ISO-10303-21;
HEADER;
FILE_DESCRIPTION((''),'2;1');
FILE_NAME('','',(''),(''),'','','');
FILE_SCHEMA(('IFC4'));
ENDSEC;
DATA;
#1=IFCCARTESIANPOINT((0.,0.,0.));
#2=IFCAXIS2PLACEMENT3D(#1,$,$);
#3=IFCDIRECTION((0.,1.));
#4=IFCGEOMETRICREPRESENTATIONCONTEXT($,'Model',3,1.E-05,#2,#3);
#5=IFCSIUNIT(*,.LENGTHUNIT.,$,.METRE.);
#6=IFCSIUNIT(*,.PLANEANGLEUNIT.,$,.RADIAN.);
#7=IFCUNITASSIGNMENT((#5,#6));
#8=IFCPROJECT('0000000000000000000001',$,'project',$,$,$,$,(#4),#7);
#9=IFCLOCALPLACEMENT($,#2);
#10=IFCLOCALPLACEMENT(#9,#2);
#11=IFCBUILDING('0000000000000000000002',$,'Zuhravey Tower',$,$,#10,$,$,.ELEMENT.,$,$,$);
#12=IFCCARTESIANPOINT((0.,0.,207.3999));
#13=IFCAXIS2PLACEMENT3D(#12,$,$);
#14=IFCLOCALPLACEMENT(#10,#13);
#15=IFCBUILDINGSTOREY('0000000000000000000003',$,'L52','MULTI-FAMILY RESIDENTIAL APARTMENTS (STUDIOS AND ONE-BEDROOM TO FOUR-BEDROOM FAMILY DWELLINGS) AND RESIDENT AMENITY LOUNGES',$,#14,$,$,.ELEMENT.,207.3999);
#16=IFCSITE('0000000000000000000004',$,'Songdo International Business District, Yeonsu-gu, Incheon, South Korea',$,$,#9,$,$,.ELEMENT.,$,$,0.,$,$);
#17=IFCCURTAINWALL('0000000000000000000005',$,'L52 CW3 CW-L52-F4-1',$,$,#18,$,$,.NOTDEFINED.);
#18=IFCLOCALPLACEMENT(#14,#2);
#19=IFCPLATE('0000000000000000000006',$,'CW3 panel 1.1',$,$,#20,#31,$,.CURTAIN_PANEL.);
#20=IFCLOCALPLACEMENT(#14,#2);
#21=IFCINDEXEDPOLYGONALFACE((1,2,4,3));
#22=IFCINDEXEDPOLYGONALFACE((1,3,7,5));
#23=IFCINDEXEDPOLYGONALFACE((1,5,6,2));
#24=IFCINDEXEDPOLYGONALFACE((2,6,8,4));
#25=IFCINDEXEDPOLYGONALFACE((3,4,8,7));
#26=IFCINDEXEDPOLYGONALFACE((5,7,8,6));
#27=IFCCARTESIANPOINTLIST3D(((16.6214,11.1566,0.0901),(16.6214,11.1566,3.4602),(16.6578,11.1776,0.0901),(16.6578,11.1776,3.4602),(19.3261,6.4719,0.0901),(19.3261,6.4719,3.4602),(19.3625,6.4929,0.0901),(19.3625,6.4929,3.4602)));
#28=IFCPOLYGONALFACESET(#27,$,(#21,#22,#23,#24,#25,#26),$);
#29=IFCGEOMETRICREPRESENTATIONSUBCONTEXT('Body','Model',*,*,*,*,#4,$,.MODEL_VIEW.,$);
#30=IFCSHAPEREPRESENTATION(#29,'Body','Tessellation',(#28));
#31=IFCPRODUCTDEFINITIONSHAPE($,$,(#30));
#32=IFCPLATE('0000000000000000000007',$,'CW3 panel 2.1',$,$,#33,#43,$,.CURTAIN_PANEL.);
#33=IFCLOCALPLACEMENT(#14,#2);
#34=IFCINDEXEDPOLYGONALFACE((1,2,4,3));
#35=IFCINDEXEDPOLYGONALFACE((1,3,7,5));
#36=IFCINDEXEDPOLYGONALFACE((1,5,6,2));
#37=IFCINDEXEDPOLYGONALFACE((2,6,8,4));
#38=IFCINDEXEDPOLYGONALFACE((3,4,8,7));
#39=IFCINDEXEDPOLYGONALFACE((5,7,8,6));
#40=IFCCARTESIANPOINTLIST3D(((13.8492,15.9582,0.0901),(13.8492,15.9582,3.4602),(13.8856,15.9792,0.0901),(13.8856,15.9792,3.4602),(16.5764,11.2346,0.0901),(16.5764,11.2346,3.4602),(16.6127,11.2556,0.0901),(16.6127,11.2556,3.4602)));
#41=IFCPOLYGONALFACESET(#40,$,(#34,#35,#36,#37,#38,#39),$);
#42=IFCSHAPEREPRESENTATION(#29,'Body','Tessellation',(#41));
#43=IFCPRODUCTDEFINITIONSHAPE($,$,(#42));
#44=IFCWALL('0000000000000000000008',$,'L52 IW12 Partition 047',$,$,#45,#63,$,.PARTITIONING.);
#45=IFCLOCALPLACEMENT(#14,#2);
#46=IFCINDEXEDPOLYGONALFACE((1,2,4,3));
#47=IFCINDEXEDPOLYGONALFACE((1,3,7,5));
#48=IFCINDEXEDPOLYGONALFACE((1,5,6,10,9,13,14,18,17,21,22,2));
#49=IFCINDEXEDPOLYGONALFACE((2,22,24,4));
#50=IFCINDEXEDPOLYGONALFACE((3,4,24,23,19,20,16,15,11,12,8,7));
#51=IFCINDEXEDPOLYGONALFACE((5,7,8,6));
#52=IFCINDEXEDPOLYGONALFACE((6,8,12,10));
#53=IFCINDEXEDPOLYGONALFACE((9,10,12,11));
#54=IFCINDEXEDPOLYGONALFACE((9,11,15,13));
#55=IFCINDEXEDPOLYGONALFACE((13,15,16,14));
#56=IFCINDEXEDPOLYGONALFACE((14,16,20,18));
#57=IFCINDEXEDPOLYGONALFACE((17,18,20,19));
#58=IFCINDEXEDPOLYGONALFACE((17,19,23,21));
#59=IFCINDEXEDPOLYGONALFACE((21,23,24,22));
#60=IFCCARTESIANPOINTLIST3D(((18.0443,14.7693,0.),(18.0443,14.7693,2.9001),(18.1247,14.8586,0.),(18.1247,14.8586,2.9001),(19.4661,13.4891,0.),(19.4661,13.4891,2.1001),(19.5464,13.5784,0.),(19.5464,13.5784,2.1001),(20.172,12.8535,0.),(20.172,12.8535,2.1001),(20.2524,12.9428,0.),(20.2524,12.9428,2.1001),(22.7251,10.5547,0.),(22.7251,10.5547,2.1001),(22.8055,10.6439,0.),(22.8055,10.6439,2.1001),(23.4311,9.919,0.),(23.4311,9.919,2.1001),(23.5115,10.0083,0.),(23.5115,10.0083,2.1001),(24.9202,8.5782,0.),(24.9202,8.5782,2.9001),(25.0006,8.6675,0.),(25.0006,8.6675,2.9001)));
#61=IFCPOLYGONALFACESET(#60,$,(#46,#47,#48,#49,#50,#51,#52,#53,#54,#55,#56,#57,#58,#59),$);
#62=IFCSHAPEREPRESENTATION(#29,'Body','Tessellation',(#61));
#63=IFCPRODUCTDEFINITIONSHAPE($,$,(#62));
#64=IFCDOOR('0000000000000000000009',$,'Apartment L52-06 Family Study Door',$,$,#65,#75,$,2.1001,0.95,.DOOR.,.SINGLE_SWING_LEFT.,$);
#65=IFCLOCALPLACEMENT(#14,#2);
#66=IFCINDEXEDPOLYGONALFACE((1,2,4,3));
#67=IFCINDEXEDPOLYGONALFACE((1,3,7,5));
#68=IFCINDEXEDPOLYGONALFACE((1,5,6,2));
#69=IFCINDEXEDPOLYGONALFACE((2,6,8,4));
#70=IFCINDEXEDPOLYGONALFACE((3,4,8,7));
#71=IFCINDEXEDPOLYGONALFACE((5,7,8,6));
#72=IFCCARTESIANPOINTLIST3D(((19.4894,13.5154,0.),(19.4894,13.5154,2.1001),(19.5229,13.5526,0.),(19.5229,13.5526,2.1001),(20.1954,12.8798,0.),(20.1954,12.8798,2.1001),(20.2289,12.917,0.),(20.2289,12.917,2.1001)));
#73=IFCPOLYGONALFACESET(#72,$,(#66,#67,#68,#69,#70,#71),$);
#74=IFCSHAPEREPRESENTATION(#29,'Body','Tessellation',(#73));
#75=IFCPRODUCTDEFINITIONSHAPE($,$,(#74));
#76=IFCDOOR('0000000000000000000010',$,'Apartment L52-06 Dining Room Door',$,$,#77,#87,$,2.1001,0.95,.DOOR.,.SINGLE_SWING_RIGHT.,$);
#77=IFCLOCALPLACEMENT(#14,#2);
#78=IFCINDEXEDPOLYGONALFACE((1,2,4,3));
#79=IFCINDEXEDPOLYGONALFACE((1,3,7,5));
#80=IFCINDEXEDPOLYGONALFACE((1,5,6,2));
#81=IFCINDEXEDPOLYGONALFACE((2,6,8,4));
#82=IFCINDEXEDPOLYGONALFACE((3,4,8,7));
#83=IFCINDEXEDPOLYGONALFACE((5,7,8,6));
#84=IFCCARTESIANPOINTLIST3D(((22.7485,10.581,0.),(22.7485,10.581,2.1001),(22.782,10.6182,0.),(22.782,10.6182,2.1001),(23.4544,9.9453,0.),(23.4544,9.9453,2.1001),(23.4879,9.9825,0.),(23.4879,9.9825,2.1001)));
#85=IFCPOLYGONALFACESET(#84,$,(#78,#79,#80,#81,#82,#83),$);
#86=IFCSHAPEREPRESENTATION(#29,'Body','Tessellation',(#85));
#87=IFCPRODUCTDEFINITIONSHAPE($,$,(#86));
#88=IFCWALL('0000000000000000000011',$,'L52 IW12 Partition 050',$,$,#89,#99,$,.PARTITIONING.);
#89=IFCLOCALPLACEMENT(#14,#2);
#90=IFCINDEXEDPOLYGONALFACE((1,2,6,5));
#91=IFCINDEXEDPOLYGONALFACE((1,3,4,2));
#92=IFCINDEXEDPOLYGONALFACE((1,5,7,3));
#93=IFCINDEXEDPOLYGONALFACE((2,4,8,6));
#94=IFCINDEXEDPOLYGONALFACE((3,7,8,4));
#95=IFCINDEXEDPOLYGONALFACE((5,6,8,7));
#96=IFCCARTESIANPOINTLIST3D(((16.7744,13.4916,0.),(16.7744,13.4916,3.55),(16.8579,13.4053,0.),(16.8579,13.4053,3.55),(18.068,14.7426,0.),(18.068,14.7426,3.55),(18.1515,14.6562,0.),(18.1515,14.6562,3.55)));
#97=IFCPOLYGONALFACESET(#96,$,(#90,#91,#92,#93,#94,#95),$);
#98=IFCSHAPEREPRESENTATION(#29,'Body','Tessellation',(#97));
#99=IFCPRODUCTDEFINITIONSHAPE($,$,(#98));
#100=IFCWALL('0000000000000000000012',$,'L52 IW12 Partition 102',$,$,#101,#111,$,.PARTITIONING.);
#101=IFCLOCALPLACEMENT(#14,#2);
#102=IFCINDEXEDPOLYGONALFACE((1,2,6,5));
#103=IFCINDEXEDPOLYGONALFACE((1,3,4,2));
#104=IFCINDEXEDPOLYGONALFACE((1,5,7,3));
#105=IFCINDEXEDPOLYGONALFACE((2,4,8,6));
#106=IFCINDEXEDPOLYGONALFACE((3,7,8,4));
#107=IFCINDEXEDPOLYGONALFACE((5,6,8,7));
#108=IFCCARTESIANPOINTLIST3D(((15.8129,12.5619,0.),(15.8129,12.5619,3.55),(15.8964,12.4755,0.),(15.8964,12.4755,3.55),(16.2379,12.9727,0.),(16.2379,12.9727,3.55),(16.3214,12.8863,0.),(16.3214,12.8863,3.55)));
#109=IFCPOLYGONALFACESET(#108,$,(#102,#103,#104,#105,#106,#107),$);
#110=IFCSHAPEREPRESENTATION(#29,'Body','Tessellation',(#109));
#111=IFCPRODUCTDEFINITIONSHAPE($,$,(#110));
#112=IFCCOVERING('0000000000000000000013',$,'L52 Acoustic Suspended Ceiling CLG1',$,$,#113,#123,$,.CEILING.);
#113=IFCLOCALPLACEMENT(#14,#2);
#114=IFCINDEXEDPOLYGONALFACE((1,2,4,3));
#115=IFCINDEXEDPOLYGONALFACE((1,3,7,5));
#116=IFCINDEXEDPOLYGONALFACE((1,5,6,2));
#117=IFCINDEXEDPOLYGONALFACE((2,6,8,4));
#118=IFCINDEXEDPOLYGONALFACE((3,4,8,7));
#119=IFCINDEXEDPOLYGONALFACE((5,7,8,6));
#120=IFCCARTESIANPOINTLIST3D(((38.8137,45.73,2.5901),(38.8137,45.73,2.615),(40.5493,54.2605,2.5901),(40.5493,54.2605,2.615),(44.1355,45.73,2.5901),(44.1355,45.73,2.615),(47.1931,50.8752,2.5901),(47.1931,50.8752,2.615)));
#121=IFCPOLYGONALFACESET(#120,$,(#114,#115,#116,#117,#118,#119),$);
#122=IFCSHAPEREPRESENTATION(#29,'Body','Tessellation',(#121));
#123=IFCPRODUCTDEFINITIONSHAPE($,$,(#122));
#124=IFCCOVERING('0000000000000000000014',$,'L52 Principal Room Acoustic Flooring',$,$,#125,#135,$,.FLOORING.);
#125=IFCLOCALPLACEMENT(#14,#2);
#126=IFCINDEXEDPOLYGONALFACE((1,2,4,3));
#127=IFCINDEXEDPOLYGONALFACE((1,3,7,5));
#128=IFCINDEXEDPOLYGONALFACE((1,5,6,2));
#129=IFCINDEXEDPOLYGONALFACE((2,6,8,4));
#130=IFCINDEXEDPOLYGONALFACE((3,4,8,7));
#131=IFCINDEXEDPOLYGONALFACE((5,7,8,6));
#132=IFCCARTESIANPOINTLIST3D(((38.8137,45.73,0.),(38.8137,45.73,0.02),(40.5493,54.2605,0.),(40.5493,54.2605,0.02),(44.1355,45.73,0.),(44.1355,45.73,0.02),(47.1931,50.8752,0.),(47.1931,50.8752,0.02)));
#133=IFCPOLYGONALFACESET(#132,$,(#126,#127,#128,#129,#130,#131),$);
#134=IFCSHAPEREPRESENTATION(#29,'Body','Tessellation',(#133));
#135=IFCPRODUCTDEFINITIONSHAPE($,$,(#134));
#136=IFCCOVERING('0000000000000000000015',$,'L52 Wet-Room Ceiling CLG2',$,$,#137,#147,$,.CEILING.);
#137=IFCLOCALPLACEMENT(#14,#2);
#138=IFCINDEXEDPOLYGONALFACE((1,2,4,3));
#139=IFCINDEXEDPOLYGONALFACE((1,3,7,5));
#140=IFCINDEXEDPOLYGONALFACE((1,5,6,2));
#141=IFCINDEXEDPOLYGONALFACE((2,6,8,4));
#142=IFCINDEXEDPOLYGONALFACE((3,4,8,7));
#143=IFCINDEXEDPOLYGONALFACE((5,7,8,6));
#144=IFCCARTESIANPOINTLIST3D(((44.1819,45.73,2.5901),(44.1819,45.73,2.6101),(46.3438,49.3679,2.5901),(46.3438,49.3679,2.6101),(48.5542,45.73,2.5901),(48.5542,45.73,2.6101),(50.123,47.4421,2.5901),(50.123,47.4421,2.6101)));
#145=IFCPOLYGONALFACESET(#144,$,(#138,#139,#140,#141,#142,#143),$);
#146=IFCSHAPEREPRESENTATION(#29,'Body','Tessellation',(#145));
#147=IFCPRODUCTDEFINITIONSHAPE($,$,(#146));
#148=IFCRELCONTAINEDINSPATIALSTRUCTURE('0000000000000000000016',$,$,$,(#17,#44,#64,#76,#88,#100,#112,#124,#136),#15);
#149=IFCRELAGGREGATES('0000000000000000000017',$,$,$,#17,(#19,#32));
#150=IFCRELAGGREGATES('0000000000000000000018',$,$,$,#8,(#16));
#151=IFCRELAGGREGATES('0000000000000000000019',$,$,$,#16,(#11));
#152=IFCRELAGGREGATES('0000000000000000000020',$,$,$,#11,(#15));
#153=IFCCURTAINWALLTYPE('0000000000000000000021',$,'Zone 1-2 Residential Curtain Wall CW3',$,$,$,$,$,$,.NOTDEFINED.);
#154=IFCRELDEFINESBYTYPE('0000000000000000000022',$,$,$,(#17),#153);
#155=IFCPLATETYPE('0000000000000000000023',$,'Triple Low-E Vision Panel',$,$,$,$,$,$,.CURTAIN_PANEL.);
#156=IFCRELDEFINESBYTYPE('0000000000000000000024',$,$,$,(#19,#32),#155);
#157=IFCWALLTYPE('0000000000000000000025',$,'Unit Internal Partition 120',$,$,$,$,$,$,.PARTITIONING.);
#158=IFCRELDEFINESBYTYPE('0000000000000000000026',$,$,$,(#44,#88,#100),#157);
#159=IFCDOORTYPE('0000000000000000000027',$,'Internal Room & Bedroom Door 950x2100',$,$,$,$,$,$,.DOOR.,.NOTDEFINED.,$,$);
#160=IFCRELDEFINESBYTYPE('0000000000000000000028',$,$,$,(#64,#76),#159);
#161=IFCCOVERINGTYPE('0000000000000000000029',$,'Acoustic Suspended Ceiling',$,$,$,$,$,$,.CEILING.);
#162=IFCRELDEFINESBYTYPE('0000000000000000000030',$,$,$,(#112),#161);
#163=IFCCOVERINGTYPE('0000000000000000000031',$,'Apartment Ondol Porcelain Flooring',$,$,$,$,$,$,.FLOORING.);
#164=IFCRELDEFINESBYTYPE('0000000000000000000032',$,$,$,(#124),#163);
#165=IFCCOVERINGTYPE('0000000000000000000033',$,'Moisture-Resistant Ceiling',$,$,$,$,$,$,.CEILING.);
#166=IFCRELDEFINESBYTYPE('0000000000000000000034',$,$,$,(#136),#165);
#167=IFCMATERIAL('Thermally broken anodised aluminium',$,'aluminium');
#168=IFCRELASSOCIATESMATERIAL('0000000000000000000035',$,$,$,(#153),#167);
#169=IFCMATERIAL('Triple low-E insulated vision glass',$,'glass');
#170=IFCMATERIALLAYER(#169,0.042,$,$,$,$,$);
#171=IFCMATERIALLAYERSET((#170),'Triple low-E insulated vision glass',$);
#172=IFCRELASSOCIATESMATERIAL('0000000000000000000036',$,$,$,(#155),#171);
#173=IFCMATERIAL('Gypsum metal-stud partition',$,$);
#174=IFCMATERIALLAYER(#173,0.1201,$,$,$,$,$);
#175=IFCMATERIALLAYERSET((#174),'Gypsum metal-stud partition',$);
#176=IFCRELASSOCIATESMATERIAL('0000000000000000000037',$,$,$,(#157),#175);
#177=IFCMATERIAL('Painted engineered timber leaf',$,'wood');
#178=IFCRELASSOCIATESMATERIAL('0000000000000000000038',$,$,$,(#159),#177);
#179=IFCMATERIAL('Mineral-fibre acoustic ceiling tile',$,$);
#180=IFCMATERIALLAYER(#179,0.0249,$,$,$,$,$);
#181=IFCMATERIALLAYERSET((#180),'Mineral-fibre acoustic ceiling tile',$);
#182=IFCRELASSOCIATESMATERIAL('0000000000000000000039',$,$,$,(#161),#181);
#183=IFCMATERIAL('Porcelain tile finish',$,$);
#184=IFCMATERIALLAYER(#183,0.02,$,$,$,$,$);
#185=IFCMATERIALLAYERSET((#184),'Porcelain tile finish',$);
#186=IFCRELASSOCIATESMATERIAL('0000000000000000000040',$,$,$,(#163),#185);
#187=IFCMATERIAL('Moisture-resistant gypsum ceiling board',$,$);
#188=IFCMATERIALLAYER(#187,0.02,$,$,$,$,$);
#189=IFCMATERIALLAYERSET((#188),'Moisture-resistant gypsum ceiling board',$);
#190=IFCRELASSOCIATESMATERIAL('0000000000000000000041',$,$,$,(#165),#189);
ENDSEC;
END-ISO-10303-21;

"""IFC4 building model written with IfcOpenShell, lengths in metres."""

from ifc_helpers import new_model, si_unit, direction, frame, frame_2d, origin, origin_2d, place, context, subcontext, project, spatial, polyline, rectangle, outline, extrude, material, layer, layer_set, type_object, element, fill, aggregate, save


model = new_model("IFC4")

# Units and contexts
model_context = context("Model", 3, precision=1e-05, world=origin(), true_north=direction((0.0, 1.0)))
body_context = subcontext(model_context, "Body", "Model", "MODEL_VIEW")
ifc_project = project(units=[si_unit("LENGTHUNIT", "METRE"), si_unit("PLANEANGLEUNIT", "RADIAN")], contexts=[model_context])

# Site, building, storey
site_placement = place(None, origin())
site = spatial("IfcSite", under=ifc_project, at=site_placement, Name="Songdo International Business District, Yeonsu-gu, Incheon, South Korea", CompositionType="ELEMENT", RefElevation=0.0)
building_placement = place(site_placement, origin())
building = spatial("IfcBuilding", under=site, at=building_placement, Name="Zuhravey Tower", CompositionType="ELEMENT")
storey_placement = place(building_placement, frame((0.0, 0.0, 207.3999)))
storey = spatial("IfcBuildingStorey", under=building, at=storey_placement, Name="L52", Description="MULTI-FAMILY RESIDENTIAL APARTMENTS (STUDIOS AND ONE-BEDROOM TO FOUR-BEDROOM FAMILY DWELLINGS) AND RESIDENT AMENITY LOUNGES", CompositionType="ELEMENT", Elevation=207.3999)

# Curtain wall
ifc_material_1 = material(Name="Thermally broken anodised aluminium", Category="aluminium")
curtain_wall_type = type_object("IfcCurtainWallType", Name="Zone 1-2 Residential Curtain Wall CW3", PredefinedType="NOTDEFINED", material=ifc_material_1)
curtain_wall_placement = place(storey_placement, origin())
curtain_wall = element("IfcCurtainWall", 1, at=curtain_wall_placement, inside=storey, type_object=curtain_wall_type, Name="L52 CW3 CW-L52-F4-1", PredefinedType="NOTDEFINED")

# Plates
ifc_material_2 = material(Name="Triple low-E insulated vision glass", Category="glass")
ifc_layer_1 = layer(ifc_material_2, 0.042)
ifc_layer_set_1 = layer_set([ifc_layer_1], Name="Triple low-E insulated vision glass")
plate_type_1 = type_object("IfcPlateType", Name="Triple Low-E Vision Panel", PredefinedType="CURTAIN_PANEL", material=ifc_layer_set_1)
plate_1_placement = place(storey_placement, frame((17.9919, 8.8247, 0.0901), z_axis=(0.0, 0.0, 1.0), x_axis=(-0.5, 0.866025, 0.0)))
plate_1 = element("IfcPlate", 2, at=plate_1_placement, type_object=plate_type_1, Name="CW3 panel 1.1", PredefinedType="CURTAIN_PANEL", context=body_context, shape_type="SweptSolid", body=[
    extrude(rectangle(XDim=5.4094, YDim=0.042, at=origin_2d()), origin(), (0.0, 0.0, 1.0), 3.3701),
])
plate_2_placement = place(storey_placement, frame((15.231, 13.6069, 0.0901), z_axis=(0.0, 0.0, 1.0), x_axis=(-0.5, 0.866025, 0.0)))
plate_2 = element("IfcPlate", 3, at=plate_2_placement, type_object=plate_type_1, Name="CW3 panel 2.1", PredefinedType="CURTAIN_PANEL", context=body_context, shape_type="SweptSolid", body=[
    extrude(rectangle(XDim=5.4543, YDim=0.042, at=origin_2d()), origin(), (0.0, 0.0, 1.0), 3.3701),
])
aggregate(curtain_wall, [plate_1, plate_2])

# Wall, openings, doors
ifc_material_3 = material(Name="Gypsum metal-stud partition")
ifc_layer_2 = layer(ifc_material_3, 0.1201)
ifc_layer_set_2 = layer_set([ifc_layer_2], Name="Gypsum metal-stud partition")
wall_type = type_object("IfcWallType", Name="Unit Internal Partition 120", PredefinedType="PARTITIONING", material=ifc_layer_set_2)
wall_1_placement = place(storey_placement, frame((18.0845, 14.814, 0.0), z_axis=(0.0, 0.0, 1.0), x_axis=(0.743145, -0.669131, 0.0)))
wall_1 = element("IfcWall", 4, at=wall_1_placement, inside=storey, type_object=wall_type, Name="L52 IW12 Partition 047", PredefinedType="PARTITIONING", context=body_context, shape_type="SweptSolid", body=[
    extrude(rectangle(XDim=9.2524, YDim=0.1201, at=frame_2d((4.6262, 0.0))), origin(), (0.0, 0.0, 1.0), 2.9001),
])
opening_1_placement = place(wall_1_placement, frame((1.9131, 0.0, 0.0)))
opening_1 = element("IfcOpeningElement", 5, at=opening_1_placement, cuts=wall_1, PredefinedType="OPENING", context=body_context, shape_type="SweptSolid", body=[
    extrude(rectangle(XDim=0.95, YDim=2.1001, at=frame_2d((0.4751, 1.05))), frame((0.0, 0.072, 0.0), z_axis=(0.0, -1.0, 0.0), x_axis=(1.0, 0.0, 0.0)), (0.0, 0.0, 1.0), 0.144),
])
opening_2_placement = place(wall_1_placement, frame((6.2986, 0.0, 0.0)))
opening_2 = element("IfcOpeningElement", 6, at=opening_2_placement, cuts=wall_1, PredefinedType="OPENING", context=body_context, shape_type="SweptSolid", body=[
    extrude(rectangle(XDim=0.95, YDim=2.1001, at=frame_2d((0.4751, 1.05))), frame((0.0, 0.072, 0.0), z_axis=(0.0, -1.0, 0.0), x_axis=(1.0, 0.0, 0.0)), (0.0, 0.0, 1.0), 0.144),
])
ifc_material_4 = material(Name="Painted engineered timber leaf", Category="wood")
door_type = type_object("IfcDoorType", Name="Internal Room & Bedroom Door 950x2100", OperationType="NOTDEFINED", PredefinedType="DOOR", material=ifc_material_4)
door_1_placement = place(opening_1_placement, frame((0.95, 0.0, 0.0), z_axis=(0.0, 0.0, 1.0), x_axis=(-1.0, 0.0, 0.0)))
door_1 = element("IfcDoor", 7, at=door_1_placement, inside=storey, type_object=door_type, Name="Apartment L52-06 Family Study Door", OperationType="SINGLE_SWING_LEFT", OverallHeight=2.1001, OverallWidth=0.95, PredefinedType="DOOR", context=body_context, shape_type="SweptSolid", body=[
    extrude(rectangle(XDim=0.95, YDim=2.1001, at=frame_2d((0.4751, 1.05))), frame((0.0, 0.0249, 0.0), z_axis=(0.0, -1.0, 0.0), x_axis=(1.0, 0.0, 0.0)), (0.0, 0.0, 1.0), 0.05),
])
fill(opening_1, door_1)
door_2_placement = place(opening_2_placement, frame((0.95, 0.0, 0.0), z_axis=(0.0, 0.0, 1.0), x_axis=(-1.0, 0.0, 0.0)))
door_2 = element("IfcDoor", 8, at=door_2_placement, inside=storey, type_object=door_type, Name="Apartment L52-06 Dining Room Door", OperationType="SINGLE_SWING_RIGHT", OverallHeight=2.1001, OverallWidth=0.95, PredefinedType="DOOR", context=body_context, shape_type="SweptSolid", body=[
    extrude(rectangle(XDim=0.95, YDim=2.1001, at=frame_2d((0.4751, 1.05))), frame((0.0, 0.0249, 0.0), z_axis=(0.0, -1.0, 0.0), x_axis=(1.0, 0.0, 0.0)), (0.0, 0.0, 1.0), 0.05),
])
fill(opening_2, door_2)

# Walls
wall_2_placement = place(storey_placement, frame((18.1099, 14.6995, 0.0), z_axis=(0.0, 0.0, 1.0), x_axis=(-0.718878, -0.695137, 0.0)))
element("IfcWall", 9, at=wall_2_placement, inside=storey, type_object=wall_type, Name="L52 IW12 Partition 050", PredefinedType="PARTITIONING", context=body_context, shape_type="SweptSolid", body=[
    extrude(rectangle(XDim=1.7996, YDim=0.1201, at=frame_2d((0.8999, 0.0))), origin(), (0.0, 0.0, 1.0), 3.55),
])
wall_3_placement = place(storey_placement, frame((16.2795, 12.9294, 0.0), z_axis=(0.0, 0.0, 1.0), x_axis=(-0.718981, -0.695029, 0.0)))
element("IfcWall", 10, at=wall_3_placement, inside=storey, type_object=wall_type, Name="L52 IW12 Partition 102", PredefinedType="PARTITIONING", context=body_context, shape_type="SweptSolid", body=[
    extrude(rectangle(XDim=0.5911, YDim=0.1201, at=frame_2d((0.2954, 0.0))), origin(), (0.0, 0.0, 1.0), 3.55),
])

# Coverings
ifc_material_5 = material(Name="Mineral-fibre acoustic ceiling tile")
ifc_layer_3 = layer(ifc_material_5, 0.0249)
ifc_layer_set_3 = layer_set([ifc_layer_3], Name="Mineral-fibre acoustic ceiling tile")
covering_type_1 = type_object("IfcCoveringType", Name="Acoustic Suspended Ceiling", PredefinedType="CEILING", material=ifc_layer_set_3)
covering_1_placement = place(storey_placement, frame((0.0, 0.0, 2.5901)))
element("IfcCovering", 11, at=covering_1_placement, inside=storey, type_object=covering_type_1, Name="L52 Acoustic Suspended Ceiling CLG1", PredefinedType="CEILING", context=body_context, shape_type="SweptSolid", body=[
    extrude(outline(polyline([(44.1355, 45.73), (38.8137, 45.73), (40.5493, 54.2605), (47.1931, 50.8752), (44.1355, 45.73)])), origin(), (0.0, 0.0, 1.0), 0.0249),
])
ifc_material_6 = material(Name="Porcelain tile finish")
ifc_layer_4 = layer(ifc_material_6, 0.02)
ifc_layer_set_4 = layer_set([ifc_layer_4], Name="Porcelain tile finish")
covering_type_2 = type_object("IfcCoveringType", Name="Apartment Ondol Porcelain Flooring", PredefinedType="FLOORING", material=ifc_layer_set_4)
covering_2_placement = place(storey_placement, origin())
element("IfcCovering", 12, at=covering_2_placement, inside=storey, type_object=covering_type_2, Name="L52 Principal Room Acoustic Flooring", PredefinedType="FLOORING", context=body_context, shape_type="SweptSolid", body=[
    extrude(outline(polyline([(44.1355, 45.73), (38.8137, 45.73), (40.5493, 54.2605), (47.1931, 50.8752), (44.1355, 45.73)])), origin(), (0.0, 0.0, 1.0), 0.02),
])
ifc_material_7 = material(Name="Moisture-resistant gypsum ceiling board")
ifc_layer_5 = layer(ifc_material_7, 0.02)
ifc_layer_set_5 = layer_set([ifc_layer_5], Name="Moisture-resistant gypsum ceiling board")
covering_type_3 = type_object("IfcCoveringType", Name="Moisture-Resistant Ceiling", PredefinedType="CEILING", material=ifc_layer_set_5)
covering_3_placement = place(storey_placement, frame((0.0, 0.0, 2.5901)))
element("IfcCovering", 13, at=covering_3_placement, inside=storey, type_object=covering_type_3, Name="L52 Wet-Room Ceiling CLG2", PredefinedType="CEILING", context=body_context, shape_type="SweptSolid", body=[
    extrude(outline(polyline([(48.5542, 45.73), (44.1819, 45.73), (46.3438, 49.3679), (50.123, 47.4421), (48.5542, 45.73)])), origin(), (0.0, 0.0, 1.0), 0.02),
])

save(model, "model.ifc")
